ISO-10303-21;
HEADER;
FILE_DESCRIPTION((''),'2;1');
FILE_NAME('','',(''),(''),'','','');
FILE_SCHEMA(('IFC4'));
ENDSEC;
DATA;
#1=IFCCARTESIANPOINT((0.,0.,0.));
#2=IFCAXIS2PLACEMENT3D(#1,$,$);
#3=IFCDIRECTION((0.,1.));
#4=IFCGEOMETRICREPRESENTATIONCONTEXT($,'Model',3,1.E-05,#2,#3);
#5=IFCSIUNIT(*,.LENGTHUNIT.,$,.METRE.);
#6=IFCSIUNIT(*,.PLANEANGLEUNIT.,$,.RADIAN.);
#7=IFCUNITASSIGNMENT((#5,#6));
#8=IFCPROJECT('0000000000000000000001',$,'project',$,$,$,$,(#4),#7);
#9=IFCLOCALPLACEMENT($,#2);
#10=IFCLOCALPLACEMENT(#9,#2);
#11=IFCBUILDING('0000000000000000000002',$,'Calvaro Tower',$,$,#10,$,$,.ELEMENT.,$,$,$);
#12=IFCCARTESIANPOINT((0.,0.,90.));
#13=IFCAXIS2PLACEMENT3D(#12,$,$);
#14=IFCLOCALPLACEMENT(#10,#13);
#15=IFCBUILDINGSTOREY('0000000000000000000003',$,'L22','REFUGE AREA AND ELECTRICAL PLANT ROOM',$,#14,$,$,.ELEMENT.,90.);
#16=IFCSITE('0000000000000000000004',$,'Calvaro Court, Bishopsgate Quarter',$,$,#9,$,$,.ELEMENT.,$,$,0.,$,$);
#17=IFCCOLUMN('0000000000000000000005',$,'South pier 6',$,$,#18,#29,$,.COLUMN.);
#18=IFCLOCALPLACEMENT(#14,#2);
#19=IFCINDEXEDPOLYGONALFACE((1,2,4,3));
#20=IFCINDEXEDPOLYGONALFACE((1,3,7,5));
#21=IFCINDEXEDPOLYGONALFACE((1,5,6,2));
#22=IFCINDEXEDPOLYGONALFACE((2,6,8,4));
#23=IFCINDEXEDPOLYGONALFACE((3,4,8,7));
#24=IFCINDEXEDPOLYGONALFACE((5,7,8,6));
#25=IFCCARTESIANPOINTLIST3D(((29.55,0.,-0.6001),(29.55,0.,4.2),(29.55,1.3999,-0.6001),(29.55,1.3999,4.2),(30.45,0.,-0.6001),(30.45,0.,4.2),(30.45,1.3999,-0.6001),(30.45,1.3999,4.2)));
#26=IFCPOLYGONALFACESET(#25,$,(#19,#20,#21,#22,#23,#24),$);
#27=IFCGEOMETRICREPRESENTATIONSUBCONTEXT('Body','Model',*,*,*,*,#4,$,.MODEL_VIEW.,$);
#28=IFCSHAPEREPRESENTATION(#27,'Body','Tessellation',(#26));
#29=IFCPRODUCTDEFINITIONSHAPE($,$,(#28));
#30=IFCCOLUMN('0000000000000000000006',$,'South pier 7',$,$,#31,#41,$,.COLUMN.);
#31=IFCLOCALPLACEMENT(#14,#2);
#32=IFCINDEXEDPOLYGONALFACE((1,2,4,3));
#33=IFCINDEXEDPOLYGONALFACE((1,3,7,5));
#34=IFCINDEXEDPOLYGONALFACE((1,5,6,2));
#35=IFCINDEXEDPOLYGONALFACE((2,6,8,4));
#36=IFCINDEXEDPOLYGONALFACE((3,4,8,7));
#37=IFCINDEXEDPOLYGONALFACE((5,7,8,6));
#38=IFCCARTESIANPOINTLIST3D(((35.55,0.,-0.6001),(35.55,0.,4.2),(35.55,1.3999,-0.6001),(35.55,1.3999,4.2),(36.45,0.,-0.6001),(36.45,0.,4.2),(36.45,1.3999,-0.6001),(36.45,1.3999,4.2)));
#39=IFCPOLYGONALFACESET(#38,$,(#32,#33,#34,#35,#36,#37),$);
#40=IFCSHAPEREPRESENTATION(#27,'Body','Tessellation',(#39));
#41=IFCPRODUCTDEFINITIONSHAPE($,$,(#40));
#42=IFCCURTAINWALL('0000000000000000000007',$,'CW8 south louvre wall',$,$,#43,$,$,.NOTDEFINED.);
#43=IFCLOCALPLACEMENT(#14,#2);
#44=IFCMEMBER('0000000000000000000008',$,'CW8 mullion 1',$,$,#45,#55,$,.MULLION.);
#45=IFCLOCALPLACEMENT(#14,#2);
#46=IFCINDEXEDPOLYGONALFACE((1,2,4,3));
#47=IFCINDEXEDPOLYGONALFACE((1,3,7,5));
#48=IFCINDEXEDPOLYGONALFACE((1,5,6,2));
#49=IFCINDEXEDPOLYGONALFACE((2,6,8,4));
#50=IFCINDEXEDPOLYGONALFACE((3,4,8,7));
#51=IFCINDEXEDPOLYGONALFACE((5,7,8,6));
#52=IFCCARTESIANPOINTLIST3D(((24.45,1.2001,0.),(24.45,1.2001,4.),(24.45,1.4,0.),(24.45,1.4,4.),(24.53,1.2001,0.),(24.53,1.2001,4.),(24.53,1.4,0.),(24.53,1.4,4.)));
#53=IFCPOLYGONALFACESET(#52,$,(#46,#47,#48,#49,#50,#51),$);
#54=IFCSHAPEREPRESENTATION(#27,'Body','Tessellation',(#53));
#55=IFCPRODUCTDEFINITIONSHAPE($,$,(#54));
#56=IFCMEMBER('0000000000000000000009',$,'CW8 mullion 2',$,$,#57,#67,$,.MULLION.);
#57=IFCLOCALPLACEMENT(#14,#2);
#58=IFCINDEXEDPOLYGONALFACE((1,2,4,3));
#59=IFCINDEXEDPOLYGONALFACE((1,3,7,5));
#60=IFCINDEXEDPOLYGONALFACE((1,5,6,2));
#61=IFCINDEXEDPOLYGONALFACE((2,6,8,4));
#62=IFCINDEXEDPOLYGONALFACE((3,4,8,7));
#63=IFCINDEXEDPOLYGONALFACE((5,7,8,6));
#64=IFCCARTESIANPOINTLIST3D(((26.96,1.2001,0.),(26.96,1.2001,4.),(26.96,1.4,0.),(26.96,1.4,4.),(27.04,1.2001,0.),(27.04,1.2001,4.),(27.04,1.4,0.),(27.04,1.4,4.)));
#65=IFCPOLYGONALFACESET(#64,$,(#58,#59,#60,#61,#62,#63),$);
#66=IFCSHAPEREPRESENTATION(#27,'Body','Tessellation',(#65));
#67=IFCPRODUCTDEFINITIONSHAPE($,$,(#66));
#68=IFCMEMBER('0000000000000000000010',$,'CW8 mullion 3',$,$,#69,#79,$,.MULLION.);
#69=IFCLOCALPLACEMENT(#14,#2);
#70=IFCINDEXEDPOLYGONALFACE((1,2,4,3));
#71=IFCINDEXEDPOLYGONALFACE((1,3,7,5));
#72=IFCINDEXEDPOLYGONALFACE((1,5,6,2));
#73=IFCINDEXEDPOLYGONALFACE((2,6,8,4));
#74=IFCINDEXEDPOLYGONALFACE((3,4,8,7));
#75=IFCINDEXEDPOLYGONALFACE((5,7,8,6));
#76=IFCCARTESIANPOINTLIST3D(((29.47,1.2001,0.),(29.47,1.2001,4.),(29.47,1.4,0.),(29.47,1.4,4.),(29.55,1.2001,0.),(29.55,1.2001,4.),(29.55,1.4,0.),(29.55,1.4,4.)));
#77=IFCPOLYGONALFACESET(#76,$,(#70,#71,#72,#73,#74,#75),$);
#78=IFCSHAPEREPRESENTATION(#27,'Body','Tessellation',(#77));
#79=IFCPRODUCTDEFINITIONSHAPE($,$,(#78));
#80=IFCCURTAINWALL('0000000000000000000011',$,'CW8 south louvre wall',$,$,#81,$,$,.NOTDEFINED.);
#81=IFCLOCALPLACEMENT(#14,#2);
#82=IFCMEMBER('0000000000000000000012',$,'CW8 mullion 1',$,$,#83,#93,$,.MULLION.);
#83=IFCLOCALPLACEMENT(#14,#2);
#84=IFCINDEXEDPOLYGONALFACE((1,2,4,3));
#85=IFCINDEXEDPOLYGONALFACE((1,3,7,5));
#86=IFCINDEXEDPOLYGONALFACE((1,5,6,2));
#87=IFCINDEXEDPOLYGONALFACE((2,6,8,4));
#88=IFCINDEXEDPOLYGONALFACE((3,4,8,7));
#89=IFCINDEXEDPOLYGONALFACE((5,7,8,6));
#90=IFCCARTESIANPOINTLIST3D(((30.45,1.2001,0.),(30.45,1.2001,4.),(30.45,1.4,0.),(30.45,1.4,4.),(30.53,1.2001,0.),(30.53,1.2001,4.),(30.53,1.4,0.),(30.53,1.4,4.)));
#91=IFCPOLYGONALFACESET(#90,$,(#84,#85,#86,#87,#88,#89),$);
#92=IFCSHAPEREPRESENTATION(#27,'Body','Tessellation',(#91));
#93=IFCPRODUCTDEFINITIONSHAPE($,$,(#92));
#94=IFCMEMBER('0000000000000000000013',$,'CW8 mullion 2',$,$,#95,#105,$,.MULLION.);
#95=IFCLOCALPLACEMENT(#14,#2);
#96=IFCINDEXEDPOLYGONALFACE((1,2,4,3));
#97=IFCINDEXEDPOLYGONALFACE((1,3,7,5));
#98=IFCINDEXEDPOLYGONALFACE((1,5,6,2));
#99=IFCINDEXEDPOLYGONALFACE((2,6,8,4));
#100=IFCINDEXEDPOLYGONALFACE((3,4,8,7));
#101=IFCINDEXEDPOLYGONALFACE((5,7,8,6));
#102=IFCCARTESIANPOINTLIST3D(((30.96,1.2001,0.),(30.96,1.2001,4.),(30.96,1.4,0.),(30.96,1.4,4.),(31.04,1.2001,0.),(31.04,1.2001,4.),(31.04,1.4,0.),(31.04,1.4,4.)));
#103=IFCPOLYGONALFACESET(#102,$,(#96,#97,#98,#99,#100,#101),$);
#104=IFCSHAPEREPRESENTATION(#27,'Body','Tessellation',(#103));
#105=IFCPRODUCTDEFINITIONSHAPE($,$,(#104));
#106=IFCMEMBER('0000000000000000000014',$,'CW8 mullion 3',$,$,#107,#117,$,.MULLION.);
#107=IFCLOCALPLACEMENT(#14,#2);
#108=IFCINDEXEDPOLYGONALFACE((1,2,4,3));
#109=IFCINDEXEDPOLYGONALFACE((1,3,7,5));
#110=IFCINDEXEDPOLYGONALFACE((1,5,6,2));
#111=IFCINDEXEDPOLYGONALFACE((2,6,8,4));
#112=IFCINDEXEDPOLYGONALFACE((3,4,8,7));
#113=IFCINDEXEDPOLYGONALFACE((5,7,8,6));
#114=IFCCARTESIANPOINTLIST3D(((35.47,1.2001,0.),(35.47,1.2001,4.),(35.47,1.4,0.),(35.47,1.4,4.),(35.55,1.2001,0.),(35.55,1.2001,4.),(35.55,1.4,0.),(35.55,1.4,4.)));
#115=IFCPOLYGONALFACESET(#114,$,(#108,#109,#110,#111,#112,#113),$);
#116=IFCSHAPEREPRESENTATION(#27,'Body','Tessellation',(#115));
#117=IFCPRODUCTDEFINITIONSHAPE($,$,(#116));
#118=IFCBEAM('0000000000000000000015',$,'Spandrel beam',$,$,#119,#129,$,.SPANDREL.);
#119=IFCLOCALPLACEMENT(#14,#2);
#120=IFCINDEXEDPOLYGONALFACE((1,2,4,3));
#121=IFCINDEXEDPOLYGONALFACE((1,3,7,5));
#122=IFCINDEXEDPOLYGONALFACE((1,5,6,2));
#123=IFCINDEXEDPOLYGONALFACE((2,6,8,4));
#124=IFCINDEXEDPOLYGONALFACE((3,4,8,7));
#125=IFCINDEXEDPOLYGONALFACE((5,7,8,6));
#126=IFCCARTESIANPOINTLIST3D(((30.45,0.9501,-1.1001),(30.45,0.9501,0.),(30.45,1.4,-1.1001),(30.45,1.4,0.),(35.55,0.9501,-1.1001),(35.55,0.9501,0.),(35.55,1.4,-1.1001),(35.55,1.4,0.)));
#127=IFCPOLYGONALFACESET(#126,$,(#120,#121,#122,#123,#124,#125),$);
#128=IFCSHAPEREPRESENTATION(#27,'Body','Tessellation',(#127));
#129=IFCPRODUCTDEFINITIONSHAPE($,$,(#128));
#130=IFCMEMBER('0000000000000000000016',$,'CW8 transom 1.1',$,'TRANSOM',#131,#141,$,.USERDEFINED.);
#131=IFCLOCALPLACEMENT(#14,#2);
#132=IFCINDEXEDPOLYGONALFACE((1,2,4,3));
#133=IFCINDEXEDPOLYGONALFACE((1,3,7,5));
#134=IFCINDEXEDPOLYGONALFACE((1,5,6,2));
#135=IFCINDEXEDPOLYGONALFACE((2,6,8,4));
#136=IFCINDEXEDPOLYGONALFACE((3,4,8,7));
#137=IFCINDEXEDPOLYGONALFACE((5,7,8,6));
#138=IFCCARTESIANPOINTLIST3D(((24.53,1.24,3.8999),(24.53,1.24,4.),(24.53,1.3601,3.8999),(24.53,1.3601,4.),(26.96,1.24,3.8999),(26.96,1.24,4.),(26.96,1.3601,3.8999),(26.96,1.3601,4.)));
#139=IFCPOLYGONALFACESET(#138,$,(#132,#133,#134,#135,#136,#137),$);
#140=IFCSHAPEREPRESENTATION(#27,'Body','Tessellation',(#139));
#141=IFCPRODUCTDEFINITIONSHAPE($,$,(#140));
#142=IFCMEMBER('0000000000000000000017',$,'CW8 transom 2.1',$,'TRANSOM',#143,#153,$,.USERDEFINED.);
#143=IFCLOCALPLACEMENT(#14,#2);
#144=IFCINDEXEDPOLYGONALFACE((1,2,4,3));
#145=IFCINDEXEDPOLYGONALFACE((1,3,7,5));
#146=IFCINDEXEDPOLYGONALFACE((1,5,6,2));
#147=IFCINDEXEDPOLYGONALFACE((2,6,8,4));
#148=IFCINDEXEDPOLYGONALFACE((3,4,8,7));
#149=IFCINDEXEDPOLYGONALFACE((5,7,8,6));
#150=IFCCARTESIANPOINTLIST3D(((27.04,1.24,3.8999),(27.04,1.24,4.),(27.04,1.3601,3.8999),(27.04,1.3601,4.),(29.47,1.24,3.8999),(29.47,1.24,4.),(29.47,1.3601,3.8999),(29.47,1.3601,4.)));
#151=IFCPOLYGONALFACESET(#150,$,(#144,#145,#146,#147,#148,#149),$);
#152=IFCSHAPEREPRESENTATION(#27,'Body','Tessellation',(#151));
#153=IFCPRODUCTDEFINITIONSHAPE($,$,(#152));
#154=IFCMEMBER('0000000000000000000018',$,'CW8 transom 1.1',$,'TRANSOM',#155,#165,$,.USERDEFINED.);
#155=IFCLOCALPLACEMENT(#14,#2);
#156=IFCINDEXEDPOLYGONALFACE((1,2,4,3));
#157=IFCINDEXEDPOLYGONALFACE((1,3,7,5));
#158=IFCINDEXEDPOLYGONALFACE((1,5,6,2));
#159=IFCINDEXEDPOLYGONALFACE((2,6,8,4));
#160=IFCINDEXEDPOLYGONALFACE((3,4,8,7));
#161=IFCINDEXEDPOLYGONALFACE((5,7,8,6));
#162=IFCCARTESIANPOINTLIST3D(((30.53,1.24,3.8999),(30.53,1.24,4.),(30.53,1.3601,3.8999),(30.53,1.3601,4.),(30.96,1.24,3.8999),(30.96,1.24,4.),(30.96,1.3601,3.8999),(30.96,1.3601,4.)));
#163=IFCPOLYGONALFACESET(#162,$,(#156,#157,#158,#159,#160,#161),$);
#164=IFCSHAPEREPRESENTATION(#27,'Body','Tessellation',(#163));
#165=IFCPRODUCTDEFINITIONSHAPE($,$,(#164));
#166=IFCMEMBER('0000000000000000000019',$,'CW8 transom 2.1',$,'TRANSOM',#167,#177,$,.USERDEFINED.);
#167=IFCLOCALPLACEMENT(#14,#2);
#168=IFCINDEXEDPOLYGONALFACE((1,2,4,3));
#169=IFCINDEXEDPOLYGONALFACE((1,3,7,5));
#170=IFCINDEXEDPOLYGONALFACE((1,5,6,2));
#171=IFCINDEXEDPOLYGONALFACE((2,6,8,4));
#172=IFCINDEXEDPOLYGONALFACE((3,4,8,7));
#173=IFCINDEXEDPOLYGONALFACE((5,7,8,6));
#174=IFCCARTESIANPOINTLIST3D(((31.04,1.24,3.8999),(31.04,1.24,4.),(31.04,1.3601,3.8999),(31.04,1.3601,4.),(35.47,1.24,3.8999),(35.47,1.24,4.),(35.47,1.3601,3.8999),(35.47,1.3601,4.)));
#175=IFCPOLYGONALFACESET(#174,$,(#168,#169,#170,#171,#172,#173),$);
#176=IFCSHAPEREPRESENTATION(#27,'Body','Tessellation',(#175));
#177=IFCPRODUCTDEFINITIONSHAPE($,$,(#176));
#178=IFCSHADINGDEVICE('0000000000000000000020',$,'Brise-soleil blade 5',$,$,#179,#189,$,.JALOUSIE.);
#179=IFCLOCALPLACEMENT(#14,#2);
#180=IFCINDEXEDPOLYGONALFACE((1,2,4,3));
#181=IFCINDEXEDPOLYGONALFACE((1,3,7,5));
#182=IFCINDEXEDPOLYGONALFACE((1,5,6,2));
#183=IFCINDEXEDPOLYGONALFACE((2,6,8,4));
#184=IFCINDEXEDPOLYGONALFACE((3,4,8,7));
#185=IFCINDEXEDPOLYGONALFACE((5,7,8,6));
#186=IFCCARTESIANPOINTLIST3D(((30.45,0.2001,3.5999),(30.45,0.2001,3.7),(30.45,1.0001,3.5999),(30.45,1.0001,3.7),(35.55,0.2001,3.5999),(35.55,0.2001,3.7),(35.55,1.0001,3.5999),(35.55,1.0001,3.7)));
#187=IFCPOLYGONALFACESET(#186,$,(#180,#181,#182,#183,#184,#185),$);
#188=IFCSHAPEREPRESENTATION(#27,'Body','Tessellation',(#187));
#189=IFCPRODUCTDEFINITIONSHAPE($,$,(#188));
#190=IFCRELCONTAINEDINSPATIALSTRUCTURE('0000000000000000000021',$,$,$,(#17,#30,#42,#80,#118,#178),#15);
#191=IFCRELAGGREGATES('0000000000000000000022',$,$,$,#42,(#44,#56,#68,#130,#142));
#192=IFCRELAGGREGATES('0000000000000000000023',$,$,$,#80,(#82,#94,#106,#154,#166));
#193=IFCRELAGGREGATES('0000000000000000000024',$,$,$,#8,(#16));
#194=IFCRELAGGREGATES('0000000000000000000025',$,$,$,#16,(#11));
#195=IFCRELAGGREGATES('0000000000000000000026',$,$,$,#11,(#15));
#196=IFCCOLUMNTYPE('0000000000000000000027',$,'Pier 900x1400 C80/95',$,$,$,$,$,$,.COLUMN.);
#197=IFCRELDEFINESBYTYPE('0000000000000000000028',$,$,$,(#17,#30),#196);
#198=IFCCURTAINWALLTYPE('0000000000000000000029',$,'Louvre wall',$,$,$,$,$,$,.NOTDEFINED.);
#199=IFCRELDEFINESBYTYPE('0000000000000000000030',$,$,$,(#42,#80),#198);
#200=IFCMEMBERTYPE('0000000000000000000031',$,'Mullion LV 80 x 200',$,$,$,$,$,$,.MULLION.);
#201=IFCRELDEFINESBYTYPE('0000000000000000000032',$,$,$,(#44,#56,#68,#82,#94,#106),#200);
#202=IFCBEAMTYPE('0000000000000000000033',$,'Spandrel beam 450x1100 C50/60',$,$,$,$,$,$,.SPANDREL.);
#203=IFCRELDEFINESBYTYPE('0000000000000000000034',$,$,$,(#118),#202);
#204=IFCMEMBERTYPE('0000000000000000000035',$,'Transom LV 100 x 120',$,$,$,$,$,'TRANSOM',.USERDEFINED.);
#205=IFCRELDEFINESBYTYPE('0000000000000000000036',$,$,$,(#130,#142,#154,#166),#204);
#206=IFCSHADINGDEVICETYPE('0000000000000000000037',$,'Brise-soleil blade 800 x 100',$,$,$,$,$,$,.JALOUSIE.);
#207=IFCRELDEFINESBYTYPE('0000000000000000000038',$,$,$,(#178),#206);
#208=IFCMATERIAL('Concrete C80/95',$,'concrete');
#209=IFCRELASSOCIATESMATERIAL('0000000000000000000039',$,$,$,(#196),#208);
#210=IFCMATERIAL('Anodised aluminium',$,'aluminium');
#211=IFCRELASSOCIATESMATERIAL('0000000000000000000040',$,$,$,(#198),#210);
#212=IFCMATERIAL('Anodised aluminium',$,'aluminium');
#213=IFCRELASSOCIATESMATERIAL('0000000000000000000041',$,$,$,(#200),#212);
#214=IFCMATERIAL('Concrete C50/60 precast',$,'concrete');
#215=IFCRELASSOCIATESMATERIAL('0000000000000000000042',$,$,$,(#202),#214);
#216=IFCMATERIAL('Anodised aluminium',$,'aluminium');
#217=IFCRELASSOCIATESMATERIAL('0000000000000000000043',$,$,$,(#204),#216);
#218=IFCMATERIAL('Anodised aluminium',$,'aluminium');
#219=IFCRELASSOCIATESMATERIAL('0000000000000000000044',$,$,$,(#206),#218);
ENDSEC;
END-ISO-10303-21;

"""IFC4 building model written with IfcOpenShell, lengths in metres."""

from ifc_helpers import new_model, si_unit, direction, frame, origin, origin_2d, place, context, subcontext, project, spatial, rectangle, extrude, material, material_profile, profile_set, type_object, element, aggregate, save


model = new_model("IFC4")

# Units and contexts
model_context = context("Model", 3, precision=1e-05, world=origin(), true_north=direction((0.0, 1.0)))
body_context = subcontext(model_context, "Body", "Model", "MODEL_VIEW")
ifc_project = project(units=[si_unit("LENGTHUNIT", "METRE"), si_unit("PLANEANGLEUNIT", "RADIAN")], contexts=[model_context])

# Site, building, storey
site_placement = place(None, origin())
site = spatial("IfcSite", under=ifc_project, at=site_placement, Name="Calvaro Court, Bishopsgate Quarter", CompositionType="ELEMENT", RefElevation=0.0)
building_placement = place(site_placement, origin())
building = spatial("IfcBuilding", under=site, at=building_placement, Name="Calvaro Tower", CompositionType="ELEMENT")
storey_placement = place(building_placement, frame((0.0, 0.0, 90.0)))
storey = spatial("IfcBuildingStorey", under=building, at=storey_placement, Name="L22", Description="REFUGE AREA AND ELECTRICAL PLANT ROOM", CompositionType="ELEMENT", Elevation=90.0)

# Columns
ifc_material_1 = material(Name="Concrete C80/95", Category="concrete")
ifc_material_profile_1 = material_profile(ifc_material_1, rectangle(XDim=0.8999, YDim=1.3999, at=origin_2d()), Name="RC 900x1400")
ifc_profile_set_1 = profile_set([ifc_material_profile_1], Name="Concrete C80/95")
column_type = type_object("IfcColumnType", Name="Pier 900x1400 C80/95", PredefinedType="COLUMN", material=ifc_profile_set_1)
for number, where, z_axis, x_axis, name in (
    (1, (30.0, 0.7, -0.6001), (0.0, 0.0, 1.0), (1.0, 0.0, 0.0), "South pier 6"),
    (2, (36.0, 0.7, -0.6001), (0.0, 0.0, 1.0), (1.0, 0.0, 0.0), "South pier 7"),
):
    element("IfcColumn", number, at=place(storey_placement, frame(where, z_axis=z_axis, x_axis=x_axis)), inside=storey, type_object=column_type, Name=name, PredefinedType="COLUMN", context=body_context, shape_type="SweptSolid", body=[
        extrude(rectangle(XDim=0.8999, YDim=1.3999, at=origin_2d()), origin(), (0.0, 0.0, 1.0), 4.8),
    ])

# Curtain walls, members
ifc_material_2 = material(Name="Anodised aluminium", Category="aluminium")
curtain_wall_type = type_object("IfcCurtainWallType", Name="Louvre wall", PredefinedType="NOTDEFINED", material=ifc_material_2)
curtain_wall_1_placement = place(storey_placement, origin())
curtain_wall_1 = element("IfcCurtainWall", 3, at=curtain_wall_1_placement, inside=storey, type_object=curtain_wall_type, Name="CW8 south louvre wall", PredefinedType="NOTDEFINED")
ifc_material_3 = material(Name="Anodised aluminium", Category="aluminium")
ifc_material_profile_2 = material_profile(ifc_material_3, rectangle(XDim=0.2, YDim=0.0801, at=origin_2d()), Name="Mullion LV 80 x 200")
ifc_profile_set_2 = profile_set([ifc_material_profile_2], Name="Anodised aluminium")
member_type_1 = type_object("IfcMemberType", Name="Mullion LV 80 x 200", PredefinedType="MULLION", material=ifc_profile_set_2)
member_1_placement = place(storey_placement, frame((24.49, 1.3, 0.0), z_axis=(0.0, 0.0, 1.0), x_axis=(0.0, 1.0, 0.0)))
member_1 = element("IfcMember", 4, at=member_1_placement, type_object=member_type_1, Name="CW8 mullion 1", PredefinedType="MULLION", context=body_context, shape_type="SweptSolid", body=[
    extrude(rectangle(XDim=0.2, YDim=0.0801, at=origin_2d()), origin(), (0.0, 0.0, 1.0), 4.0),
])
member_2_placement = place(storey_placement, frame((27.0, 1.3, 0.0), z_axis=(0.0, 0.0, 1.0), x_axis=(0.0, 1.0, 0.0)))
member_2 = element("IfcMember", 5, at=member_2_placement, type_object=member_type_1, Name="CW8 mullion 2", PredefinedType="MULLION", context=body_context, shape_type="SweptSolid", body=[
    extrude(rectangle(XDim=0.2, YDim=0.0801, at=origin_2d()), origin(), (0.0, 0.0, 1.0), 4.0),
])
member_3_placement = place(storey_placement, frame((29.51, 1.3, 0.0), z_axis=(0.0, 0.0, 1.0), x_axis=(0.0, 1.0, 0.0)))
member_3 = element("IfcMember", 6, at=member_3_placement, type_object=member_type_1, Name="CW8 mullion 3", PredefinedType="MULLION", context=body_context, shape_type="SweptSolid", body=[
    extrude(rectangle(XDim=0.2, YDim=0.0801, at=origin_2d()), origin(), (0.0, 0.0, 1.0), 4.0),
])
curtain_wall_2_placement = place(storey_placement, origin())
curtain_wall_2 = element("IfcCurtainWall", 7, at=curtain_wall_2_placement, inside=storey, type_object=curtain_wall_type, Name="CW8 south louvre wall", PredefinedType="NOTDEFINED")
member_4_placement = place(storey_placement, frame((30.49, 1.3, 0.0), z_axis=(0.0, 0.0, 1.0), x_axis=(0.0, 1.0, 0.0)))
member_4 = element("IfcMember", 8, at=member_4_placement, type_object=member_type_1, Name="CW8 mullion 1", PredefinedType="MULLION", context=body_context, shape_type="SweptSolid", body=[
    extrude(rectangle(XDim=0.2, YDim=0.0801, at=origin_2d()), origin(), (0.0, 0.0, 1.0), 4.0),
])
member_5_placement = place(storey_placement, frame((31.0, 1.3, 0.0), z_axis=(0.0, 0.0, 1.0), x_axis=(0.0, 1.0, 0.0)))
member_5 = element("IfcMember", 9, at=member_5_placement, type_object=member_type_1, Name="CW8 mullion 2", PredefinedType="MULLION", context=body_context, shape_type="SweptSolid", body=[
    extrude(rectangle(XDim=0.2, YDim=0.0801, at=origin_2d()), origin(), (0.0, 0.0, 1.0), 4.0),
])
member_6_placement = place(storey_placement, frame((35.51, 1.3, 0.0), z_axis=(0.0, 0.0, 1.0), x_axis=(0.0, 1.0, 0.0)))
member_6 = element("IfcMember", 10, at=member_6_placement, type_object=member_type_1, Name="CW8 mullion 3", PredefinedType="MULLION", context=body_context, shape_type="SweptSolid", body=[
    extrude(rectangle(XDim=0.2, YDim=0.0801, at=origin_2d()), origin(), (0.0, 0.0, 1.0), 4.0),
])

# Beam
ifc_material_4 = material(Name="Concrete C50/60 precast", Category="concrete")
ifc_material_profile_3 = material_profile(ifc_material_4, rectangle(XDim=0.45, YDim=1.1001, at=origin_2d()), Name="RC 450x1100")
ifc_profile_set_3 = profile_set([ifc_material_profile_3], Name="Concrete C50/60 precast")
beam_type = type_object("IfcBeamType", Name="Spandrel beam 450x1100 C50/60", PredefinedType="SPANDREL", material=ifc_profile_set_3)
beam_placement = place(storey_placement, frame((30.45, 1.175, -0.55), z_axis=(1.0, 0.0, 0.0), x_axis=(0.0, 1.0, 0.0)))
element("IfcBeam", 11, at=beam_placement, inside=storey, type_object=beam_type, Name="Spandrel beam", PredefinedType="SPANDREL", context=body_context, shape_type="SweptSolid", body=[
    extrude(rectangle(XDim=0.45, YDim=1.1001, at=origin_2d()), origin(), (0.0, 0.0, 1.0), 5.1001),
])

# Members
ifc_material_5 = material(Name="Anodised aluminium", Category="aluminium")
ifc_material_profile_4 = material_profile(ifc_material_5, rectangle(XDim=0.1201, YDim=0.1001, at=origin_2d()), Name="Transom LV 100 x 120")
ifc_profile_set_4 = profile_set([ifc_material_profile_4], Name="Anodised aluminium")
member_type_2 = type_object("IfcMemberType", Name="Transom LV 100 x 120", ElementType="TRANSOM", PredefinedType="USERDEFINED", material=ifc_profile_set_4)
member_7_placement = place(storey_placement, frame((24.53, 1.3, 3.95), z_axis=(1.0, 0.0, 0.0), x_axis=(0.0, 1.0, 0.0)))
member_7 = element("IfcMember", 12, at=member_7_placement, type_object=member_type_2, Name="CW8 transom 1.1", ObjectType="TRANSOM", PredefinedType="USERDEFINED", context=body_context, shape_type="SweptSolid", body=[
    extrude(rectangle(XDim=0.1201, YDim=0.1001, at=origin_2d()), origin(), (0.0, 0.0, 1.0), 2.4299),
])
member_8_placement = place(storey_placement, frame((27.04, 1.3, 3.95), z_axis=(1.0, 0.0, 0.0), x_axis=(0.0, 1.0, 0.0)))
member_8 = element("IfcMember", 13, at=member_8_placement, type_object=member_type_2, Name="CW8 transom 2.1", ObjectType="TRANSOM", PredefinedType="USERDEFINED", context=body_context, shape_type="SweptSolid", body=[
    extrude(rectangle(XDim=0.1201, YDim=0.1001, at=origin_2d()), origin(), (0.0, 0.0, 1.0), 2.4299),
])
member_9_placement = place(storey_placement, frame((30.53, 1.3, 3.95), z_axis=(1.0, 0.0, 0.0), x_axis=(0.0, 1.0, 0.0)))
member_9 = element("IfcMember", 14, at=member_9_placement, type_object=member_type_2, Name="CW8 transom 1.1", ObjectType="TRANSOM", PredefinedType="USERDEFINED", context=body_context, shape_type="SweptSolid", body=[
    extrude(rectangle(XDim=0.1201, YDim=0.1001, at=origin_2d()), origin(), (0.0, 0.0, 1.0), 0.4299),
])
member_10_placement = place(storey_placement, frame((31.04, 1.3, 3.95), z_axis=(1.0, 0.0, 0.0), x_axis=(0.0, 1.0, 0.0)))
member_10 = element("IfcMember", 15, at=member_10_placement, type_object=member_type_2, Name="CW8 transom 2.1", ObjectType="TRANSOM", PredefinedType="USERDEFINED", context=body_context, shape_type="SweptSolid", body=[
    extrude(rectangle(XDim=0.1201, YDim=0.1001, at=origin_2d()), origin(), (0.0, 0.0, 1.0), 4.4299),
])

# Shading device
ifc_material_6 = material(Name="Anodised aluminium", Category="aluminium")
ifc_material_profile_5 = material_profile(ifc_material_6, rectangle(XDim=0.8, YDim=0.1001, at=origin_2d()), Name="Brise-soleil blade 800 x 100")
ifc_profile_set_5 = profile_set([ifc_material_profile_5], Name="Anodised aluminium")
shading_device_type_1 = type_object("IfcShadingDeviceType", Name="Brise-soleil blade 800 x 100", PredefinedType="JALOUSIE", material=ifc_profile_set_5)
shading_device_1_placement = place(storey_placement, frame((30.45, 0.6001, 3.6499), z_axis=(1.0, 0.0, 0.0), x_axis=(0.0, 1.0, 0.0)))
element("IfcShadingDevice", 16, at=shading_device_1_placement, inside=storey, type_object=shading_device_type_1, Name="Brise-soleil blade 5", PredefinedType="JALOUSIE", context=body_context, shape_type="SweptSolid", body=[
    extrude(rectangle(XDim=0.8, YDim=0.1001, at=origin_2d()), origin(), (0.0, 0.0, 1.0), 5.1001),
])
aggregate(curtain_wall_1, [member_1, member_2, member_3, member_7, member_8])
aggregate(curtain_wall_2, [member_4, member_5, member_6, member_9, member_10])

save(model, "model.ifc")
